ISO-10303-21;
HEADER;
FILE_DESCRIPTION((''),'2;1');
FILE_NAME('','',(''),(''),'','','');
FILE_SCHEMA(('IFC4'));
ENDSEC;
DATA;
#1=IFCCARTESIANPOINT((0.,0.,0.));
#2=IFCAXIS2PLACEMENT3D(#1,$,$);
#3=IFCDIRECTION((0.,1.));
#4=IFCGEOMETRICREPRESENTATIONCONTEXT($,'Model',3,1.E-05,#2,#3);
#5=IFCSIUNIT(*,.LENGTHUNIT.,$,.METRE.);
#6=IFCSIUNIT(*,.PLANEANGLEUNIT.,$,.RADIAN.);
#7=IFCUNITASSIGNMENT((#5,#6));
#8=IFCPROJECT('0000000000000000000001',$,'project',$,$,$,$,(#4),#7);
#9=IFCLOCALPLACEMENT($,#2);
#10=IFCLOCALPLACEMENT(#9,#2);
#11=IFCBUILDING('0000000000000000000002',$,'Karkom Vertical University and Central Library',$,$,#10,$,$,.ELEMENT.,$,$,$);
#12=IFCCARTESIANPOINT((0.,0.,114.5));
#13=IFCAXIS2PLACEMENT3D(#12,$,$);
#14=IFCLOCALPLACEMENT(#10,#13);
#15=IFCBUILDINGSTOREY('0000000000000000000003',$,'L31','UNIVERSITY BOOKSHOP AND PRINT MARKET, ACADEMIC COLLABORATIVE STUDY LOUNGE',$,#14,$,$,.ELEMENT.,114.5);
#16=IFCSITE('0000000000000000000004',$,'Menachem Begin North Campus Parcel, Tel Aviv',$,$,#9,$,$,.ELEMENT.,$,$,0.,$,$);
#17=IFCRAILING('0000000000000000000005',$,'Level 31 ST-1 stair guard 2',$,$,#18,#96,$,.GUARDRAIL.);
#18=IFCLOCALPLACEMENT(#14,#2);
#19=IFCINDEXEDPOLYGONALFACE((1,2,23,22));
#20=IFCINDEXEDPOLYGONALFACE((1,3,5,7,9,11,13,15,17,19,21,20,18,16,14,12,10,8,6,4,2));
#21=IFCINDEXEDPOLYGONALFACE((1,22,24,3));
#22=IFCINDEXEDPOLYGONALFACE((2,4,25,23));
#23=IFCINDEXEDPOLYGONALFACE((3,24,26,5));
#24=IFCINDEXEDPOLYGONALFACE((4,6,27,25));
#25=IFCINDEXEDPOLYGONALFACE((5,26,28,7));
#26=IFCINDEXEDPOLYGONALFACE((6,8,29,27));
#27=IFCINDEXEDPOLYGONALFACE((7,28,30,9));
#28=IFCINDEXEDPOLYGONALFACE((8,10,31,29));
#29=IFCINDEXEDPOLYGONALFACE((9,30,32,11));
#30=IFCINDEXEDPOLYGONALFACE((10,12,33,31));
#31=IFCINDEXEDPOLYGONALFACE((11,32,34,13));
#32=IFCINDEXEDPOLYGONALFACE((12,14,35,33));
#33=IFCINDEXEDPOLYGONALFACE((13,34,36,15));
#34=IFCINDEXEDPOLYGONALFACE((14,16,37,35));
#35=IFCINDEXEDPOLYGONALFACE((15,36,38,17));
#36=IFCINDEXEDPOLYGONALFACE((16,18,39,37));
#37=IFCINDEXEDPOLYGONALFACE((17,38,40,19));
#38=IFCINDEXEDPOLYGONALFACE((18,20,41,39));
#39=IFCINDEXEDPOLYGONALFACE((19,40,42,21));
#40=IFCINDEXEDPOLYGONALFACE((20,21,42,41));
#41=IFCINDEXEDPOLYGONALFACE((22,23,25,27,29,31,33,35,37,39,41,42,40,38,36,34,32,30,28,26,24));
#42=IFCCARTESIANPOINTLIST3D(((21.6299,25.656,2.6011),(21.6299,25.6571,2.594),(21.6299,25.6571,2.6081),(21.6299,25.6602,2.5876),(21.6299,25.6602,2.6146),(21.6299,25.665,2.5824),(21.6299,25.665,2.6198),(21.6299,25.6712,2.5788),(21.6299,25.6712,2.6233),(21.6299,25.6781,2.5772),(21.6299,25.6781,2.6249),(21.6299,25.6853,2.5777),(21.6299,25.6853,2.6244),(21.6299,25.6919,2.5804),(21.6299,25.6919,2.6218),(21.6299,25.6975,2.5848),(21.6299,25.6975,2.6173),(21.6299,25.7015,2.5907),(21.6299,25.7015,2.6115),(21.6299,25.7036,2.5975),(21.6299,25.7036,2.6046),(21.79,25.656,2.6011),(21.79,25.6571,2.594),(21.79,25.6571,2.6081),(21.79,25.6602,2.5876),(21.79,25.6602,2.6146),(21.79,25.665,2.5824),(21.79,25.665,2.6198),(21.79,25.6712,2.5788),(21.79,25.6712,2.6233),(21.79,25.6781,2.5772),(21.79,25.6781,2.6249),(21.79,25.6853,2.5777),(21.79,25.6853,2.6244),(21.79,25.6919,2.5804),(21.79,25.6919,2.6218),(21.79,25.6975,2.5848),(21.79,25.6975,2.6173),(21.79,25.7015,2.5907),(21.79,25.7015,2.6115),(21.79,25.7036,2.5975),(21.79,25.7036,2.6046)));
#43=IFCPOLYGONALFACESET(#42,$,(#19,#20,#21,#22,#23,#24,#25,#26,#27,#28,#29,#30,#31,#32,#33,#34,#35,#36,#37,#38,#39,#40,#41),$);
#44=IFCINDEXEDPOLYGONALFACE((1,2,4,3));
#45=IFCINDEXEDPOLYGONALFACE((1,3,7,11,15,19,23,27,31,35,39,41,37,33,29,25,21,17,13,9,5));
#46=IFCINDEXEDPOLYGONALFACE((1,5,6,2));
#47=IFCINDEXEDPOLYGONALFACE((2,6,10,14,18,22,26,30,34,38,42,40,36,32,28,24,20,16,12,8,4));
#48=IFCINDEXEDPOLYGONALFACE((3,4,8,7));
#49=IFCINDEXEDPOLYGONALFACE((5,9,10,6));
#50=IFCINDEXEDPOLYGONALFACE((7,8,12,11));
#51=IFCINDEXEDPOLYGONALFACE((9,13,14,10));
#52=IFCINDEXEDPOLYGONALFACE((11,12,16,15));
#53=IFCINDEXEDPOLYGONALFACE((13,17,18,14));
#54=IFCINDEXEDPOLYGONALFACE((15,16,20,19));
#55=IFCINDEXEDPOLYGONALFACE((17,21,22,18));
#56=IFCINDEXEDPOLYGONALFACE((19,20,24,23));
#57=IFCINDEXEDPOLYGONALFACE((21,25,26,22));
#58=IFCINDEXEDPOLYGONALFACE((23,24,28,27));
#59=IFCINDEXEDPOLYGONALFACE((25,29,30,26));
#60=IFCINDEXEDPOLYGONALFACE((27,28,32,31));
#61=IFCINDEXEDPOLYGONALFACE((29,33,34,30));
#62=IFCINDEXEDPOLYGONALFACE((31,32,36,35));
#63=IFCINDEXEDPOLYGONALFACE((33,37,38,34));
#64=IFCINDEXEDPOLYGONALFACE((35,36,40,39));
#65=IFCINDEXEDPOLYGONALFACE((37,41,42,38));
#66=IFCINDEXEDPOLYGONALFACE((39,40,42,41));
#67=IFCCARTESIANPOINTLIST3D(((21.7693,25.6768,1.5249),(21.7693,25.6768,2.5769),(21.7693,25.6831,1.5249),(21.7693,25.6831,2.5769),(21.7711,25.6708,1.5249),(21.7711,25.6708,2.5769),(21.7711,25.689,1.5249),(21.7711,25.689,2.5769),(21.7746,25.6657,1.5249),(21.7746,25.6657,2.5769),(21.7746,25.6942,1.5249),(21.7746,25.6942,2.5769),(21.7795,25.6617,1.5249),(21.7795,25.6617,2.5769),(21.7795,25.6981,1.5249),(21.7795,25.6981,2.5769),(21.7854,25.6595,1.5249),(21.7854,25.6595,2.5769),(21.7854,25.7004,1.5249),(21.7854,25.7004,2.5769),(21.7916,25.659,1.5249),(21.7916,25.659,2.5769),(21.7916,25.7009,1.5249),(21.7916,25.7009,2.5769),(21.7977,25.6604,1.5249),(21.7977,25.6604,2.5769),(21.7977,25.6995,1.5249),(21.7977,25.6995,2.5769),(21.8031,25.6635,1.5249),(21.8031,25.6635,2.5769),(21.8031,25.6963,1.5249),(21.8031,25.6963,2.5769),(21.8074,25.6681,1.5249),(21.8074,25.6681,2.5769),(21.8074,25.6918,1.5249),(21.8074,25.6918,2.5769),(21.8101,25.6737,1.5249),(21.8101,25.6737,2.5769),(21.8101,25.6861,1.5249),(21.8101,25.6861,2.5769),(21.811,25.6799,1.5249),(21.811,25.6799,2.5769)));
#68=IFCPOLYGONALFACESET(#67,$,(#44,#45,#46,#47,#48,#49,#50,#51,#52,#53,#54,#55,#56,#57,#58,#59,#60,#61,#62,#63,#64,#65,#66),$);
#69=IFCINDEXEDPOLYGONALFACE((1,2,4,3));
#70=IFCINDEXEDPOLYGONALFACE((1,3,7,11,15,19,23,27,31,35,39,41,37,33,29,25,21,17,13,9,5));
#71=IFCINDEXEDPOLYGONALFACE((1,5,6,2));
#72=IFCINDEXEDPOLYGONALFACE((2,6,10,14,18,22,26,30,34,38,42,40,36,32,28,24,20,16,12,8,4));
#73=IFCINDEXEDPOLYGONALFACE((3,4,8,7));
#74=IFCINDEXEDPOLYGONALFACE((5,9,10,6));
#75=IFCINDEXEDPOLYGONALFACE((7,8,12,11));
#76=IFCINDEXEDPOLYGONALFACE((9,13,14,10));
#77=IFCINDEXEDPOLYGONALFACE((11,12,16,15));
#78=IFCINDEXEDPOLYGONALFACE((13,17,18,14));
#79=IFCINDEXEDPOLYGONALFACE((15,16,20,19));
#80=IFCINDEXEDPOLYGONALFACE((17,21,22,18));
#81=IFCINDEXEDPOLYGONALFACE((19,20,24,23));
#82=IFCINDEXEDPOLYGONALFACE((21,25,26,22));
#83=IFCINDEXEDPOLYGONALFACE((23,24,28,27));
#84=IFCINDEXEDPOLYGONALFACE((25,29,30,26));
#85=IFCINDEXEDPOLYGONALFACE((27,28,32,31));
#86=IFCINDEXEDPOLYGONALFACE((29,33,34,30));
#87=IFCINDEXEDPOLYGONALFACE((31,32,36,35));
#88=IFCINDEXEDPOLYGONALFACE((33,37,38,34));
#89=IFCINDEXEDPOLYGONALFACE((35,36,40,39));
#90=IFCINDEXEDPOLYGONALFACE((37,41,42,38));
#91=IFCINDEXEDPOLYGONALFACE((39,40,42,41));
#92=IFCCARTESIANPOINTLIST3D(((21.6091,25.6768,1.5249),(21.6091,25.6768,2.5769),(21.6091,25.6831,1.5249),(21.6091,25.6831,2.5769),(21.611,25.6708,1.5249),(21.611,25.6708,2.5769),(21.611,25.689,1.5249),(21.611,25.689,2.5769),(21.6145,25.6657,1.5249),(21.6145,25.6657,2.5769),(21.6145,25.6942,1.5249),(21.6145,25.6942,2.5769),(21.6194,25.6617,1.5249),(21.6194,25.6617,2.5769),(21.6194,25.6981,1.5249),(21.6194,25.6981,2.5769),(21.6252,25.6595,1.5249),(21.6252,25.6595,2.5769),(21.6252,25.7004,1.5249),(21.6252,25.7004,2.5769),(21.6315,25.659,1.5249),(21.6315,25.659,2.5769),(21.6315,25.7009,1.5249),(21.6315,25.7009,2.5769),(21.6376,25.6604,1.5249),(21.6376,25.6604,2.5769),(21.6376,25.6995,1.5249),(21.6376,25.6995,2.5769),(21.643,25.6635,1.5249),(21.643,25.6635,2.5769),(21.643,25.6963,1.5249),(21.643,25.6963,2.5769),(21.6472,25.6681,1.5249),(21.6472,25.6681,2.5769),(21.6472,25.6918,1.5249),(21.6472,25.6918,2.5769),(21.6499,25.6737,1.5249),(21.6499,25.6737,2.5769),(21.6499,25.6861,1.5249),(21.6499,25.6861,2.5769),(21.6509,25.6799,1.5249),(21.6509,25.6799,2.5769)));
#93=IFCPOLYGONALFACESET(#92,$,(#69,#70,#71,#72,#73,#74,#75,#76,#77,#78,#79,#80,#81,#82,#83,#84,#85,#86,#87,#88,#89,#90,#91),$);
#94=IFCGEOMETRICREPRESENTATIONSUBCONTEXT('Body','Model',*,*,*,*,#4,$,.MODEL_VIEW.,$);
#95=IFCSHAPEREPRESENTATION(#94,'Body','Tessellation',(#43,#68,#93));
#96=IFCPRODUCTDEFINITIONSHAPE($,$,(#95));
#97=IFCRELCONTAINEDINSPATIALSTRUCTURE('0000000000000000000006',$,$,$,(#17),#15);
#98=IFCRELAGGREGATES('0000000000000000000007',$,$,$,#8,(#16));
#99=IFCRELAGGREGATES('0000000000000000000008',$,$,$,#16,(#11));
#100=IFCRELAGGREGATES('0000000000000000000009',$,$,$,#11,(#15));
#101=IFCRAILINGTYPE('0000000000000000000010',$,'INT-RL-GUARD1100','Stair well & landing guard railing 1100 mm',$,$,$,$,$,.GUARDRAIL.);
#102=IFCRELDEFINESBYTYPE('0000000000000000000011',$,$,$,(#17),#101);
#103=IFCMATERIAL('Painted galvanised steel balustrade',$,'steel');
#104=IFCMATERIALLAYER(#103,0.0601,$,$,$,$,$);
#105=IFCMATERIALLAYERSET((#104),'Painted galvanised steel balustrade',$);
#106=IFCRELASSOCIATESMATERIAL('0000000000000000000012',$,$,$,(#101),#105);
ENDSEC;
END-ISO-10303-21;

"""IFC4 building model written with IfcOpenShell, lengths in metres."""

from ifc_helpers import new_model, si_unit, direction, frame, origin, origin_2d, place, context, subcontext, project, spatial, circle, extrude, material, layer, layer_set, type_object, element, save


model = new_model("IFC4")

# Units and contexts
model_context = context("Model", 3, precision=1e-05, world=origin(), true_north=direction((0.0, 1.0)))
body_context = subcontext(model_context, "Body", "Model", "MODEL_VIEW")
ifc_project = project(units=[si_unit("LENGTHUNIT", "METRE"), si_unit("PLANEANGLEUNIT", "RADIAN")], contexts=[model_context])

# Site, building, storey
site_placement = place(None, origin())
site = spatial("IfcSite", under=ifc_project, at=site_placement, Name="Menachem Begin North Campus Parcel, Tel Aviv", CompositionType="ELEMENT", RefElevation=0.0)
building_placement = place(site_placement, origin())
building = spatial("IfcBuilding", under=site, at=building_placement, Name="Karkom Vertical University and Central Library", CompositionType="ELEMENT")
storey_placement = place(building_placement, frame((0.0, 0.0, 114.5)))
storey = spatial("IfcBuildingStorey", under=building, at=storey_placement, Name="L31", Description="UNIVERSITY BOOKSHOP AND PRINT MARKET, ACADEMIC COLLABORATIVE STUDY LOUNGE", CompositionType="ELEMENT", Elevation=114.5)

# Railing
ifc_material_1 = material(Name="Painted galvanised steel balustrade", Category="steel")
ifc_layer_1 = layer(ifc_material_1, 0.0601)
ifc_layer_set_1 = layer_set([ifc_layer_1], Name="Painted galvanised steel balustrade")
railing_type_1 = type_object("IfcRailingType", Name="INT-RL-GUARD1100", Description="Stair well & landing guard railing 1100 mm", PredefinedType="GUARDRAIL", material=ifc_layer_set_1)
railing_1_placement = place(storey_placement, frame((21.79, 25.6799, 1.5249)))
element("IfcRailing", 1, at=railing_1_placement, inside=storey, type_object=railing_type_1, Name="Level 31 ST-1 stair guard 2", PredefinedType="GUARDRAIL", context=body_context, shape_type="SweptSolid", body=[
    extrude(circle(Radius=0.0239, at=origin_2d()), frame((0.0, 0.0, 1.0762), z_axis=(-1.0, 0.0, 0.0), x_axis=(0.0, -1.0, 0.0)), (0.0, 0.0, 1.0), 0.1602),
    extrude(circle(Radius=0.021, at=origin_2d()), origin(), (0.0, 0.0, 1.0), 1.052),
    extrude(circle(Radius=0.021, at=origin_2d()), frame((-0.1602, 0.0, 0.0)), (0.0, 0.0, 1.0), 1.052),
])

save(model, "model.ifc")
